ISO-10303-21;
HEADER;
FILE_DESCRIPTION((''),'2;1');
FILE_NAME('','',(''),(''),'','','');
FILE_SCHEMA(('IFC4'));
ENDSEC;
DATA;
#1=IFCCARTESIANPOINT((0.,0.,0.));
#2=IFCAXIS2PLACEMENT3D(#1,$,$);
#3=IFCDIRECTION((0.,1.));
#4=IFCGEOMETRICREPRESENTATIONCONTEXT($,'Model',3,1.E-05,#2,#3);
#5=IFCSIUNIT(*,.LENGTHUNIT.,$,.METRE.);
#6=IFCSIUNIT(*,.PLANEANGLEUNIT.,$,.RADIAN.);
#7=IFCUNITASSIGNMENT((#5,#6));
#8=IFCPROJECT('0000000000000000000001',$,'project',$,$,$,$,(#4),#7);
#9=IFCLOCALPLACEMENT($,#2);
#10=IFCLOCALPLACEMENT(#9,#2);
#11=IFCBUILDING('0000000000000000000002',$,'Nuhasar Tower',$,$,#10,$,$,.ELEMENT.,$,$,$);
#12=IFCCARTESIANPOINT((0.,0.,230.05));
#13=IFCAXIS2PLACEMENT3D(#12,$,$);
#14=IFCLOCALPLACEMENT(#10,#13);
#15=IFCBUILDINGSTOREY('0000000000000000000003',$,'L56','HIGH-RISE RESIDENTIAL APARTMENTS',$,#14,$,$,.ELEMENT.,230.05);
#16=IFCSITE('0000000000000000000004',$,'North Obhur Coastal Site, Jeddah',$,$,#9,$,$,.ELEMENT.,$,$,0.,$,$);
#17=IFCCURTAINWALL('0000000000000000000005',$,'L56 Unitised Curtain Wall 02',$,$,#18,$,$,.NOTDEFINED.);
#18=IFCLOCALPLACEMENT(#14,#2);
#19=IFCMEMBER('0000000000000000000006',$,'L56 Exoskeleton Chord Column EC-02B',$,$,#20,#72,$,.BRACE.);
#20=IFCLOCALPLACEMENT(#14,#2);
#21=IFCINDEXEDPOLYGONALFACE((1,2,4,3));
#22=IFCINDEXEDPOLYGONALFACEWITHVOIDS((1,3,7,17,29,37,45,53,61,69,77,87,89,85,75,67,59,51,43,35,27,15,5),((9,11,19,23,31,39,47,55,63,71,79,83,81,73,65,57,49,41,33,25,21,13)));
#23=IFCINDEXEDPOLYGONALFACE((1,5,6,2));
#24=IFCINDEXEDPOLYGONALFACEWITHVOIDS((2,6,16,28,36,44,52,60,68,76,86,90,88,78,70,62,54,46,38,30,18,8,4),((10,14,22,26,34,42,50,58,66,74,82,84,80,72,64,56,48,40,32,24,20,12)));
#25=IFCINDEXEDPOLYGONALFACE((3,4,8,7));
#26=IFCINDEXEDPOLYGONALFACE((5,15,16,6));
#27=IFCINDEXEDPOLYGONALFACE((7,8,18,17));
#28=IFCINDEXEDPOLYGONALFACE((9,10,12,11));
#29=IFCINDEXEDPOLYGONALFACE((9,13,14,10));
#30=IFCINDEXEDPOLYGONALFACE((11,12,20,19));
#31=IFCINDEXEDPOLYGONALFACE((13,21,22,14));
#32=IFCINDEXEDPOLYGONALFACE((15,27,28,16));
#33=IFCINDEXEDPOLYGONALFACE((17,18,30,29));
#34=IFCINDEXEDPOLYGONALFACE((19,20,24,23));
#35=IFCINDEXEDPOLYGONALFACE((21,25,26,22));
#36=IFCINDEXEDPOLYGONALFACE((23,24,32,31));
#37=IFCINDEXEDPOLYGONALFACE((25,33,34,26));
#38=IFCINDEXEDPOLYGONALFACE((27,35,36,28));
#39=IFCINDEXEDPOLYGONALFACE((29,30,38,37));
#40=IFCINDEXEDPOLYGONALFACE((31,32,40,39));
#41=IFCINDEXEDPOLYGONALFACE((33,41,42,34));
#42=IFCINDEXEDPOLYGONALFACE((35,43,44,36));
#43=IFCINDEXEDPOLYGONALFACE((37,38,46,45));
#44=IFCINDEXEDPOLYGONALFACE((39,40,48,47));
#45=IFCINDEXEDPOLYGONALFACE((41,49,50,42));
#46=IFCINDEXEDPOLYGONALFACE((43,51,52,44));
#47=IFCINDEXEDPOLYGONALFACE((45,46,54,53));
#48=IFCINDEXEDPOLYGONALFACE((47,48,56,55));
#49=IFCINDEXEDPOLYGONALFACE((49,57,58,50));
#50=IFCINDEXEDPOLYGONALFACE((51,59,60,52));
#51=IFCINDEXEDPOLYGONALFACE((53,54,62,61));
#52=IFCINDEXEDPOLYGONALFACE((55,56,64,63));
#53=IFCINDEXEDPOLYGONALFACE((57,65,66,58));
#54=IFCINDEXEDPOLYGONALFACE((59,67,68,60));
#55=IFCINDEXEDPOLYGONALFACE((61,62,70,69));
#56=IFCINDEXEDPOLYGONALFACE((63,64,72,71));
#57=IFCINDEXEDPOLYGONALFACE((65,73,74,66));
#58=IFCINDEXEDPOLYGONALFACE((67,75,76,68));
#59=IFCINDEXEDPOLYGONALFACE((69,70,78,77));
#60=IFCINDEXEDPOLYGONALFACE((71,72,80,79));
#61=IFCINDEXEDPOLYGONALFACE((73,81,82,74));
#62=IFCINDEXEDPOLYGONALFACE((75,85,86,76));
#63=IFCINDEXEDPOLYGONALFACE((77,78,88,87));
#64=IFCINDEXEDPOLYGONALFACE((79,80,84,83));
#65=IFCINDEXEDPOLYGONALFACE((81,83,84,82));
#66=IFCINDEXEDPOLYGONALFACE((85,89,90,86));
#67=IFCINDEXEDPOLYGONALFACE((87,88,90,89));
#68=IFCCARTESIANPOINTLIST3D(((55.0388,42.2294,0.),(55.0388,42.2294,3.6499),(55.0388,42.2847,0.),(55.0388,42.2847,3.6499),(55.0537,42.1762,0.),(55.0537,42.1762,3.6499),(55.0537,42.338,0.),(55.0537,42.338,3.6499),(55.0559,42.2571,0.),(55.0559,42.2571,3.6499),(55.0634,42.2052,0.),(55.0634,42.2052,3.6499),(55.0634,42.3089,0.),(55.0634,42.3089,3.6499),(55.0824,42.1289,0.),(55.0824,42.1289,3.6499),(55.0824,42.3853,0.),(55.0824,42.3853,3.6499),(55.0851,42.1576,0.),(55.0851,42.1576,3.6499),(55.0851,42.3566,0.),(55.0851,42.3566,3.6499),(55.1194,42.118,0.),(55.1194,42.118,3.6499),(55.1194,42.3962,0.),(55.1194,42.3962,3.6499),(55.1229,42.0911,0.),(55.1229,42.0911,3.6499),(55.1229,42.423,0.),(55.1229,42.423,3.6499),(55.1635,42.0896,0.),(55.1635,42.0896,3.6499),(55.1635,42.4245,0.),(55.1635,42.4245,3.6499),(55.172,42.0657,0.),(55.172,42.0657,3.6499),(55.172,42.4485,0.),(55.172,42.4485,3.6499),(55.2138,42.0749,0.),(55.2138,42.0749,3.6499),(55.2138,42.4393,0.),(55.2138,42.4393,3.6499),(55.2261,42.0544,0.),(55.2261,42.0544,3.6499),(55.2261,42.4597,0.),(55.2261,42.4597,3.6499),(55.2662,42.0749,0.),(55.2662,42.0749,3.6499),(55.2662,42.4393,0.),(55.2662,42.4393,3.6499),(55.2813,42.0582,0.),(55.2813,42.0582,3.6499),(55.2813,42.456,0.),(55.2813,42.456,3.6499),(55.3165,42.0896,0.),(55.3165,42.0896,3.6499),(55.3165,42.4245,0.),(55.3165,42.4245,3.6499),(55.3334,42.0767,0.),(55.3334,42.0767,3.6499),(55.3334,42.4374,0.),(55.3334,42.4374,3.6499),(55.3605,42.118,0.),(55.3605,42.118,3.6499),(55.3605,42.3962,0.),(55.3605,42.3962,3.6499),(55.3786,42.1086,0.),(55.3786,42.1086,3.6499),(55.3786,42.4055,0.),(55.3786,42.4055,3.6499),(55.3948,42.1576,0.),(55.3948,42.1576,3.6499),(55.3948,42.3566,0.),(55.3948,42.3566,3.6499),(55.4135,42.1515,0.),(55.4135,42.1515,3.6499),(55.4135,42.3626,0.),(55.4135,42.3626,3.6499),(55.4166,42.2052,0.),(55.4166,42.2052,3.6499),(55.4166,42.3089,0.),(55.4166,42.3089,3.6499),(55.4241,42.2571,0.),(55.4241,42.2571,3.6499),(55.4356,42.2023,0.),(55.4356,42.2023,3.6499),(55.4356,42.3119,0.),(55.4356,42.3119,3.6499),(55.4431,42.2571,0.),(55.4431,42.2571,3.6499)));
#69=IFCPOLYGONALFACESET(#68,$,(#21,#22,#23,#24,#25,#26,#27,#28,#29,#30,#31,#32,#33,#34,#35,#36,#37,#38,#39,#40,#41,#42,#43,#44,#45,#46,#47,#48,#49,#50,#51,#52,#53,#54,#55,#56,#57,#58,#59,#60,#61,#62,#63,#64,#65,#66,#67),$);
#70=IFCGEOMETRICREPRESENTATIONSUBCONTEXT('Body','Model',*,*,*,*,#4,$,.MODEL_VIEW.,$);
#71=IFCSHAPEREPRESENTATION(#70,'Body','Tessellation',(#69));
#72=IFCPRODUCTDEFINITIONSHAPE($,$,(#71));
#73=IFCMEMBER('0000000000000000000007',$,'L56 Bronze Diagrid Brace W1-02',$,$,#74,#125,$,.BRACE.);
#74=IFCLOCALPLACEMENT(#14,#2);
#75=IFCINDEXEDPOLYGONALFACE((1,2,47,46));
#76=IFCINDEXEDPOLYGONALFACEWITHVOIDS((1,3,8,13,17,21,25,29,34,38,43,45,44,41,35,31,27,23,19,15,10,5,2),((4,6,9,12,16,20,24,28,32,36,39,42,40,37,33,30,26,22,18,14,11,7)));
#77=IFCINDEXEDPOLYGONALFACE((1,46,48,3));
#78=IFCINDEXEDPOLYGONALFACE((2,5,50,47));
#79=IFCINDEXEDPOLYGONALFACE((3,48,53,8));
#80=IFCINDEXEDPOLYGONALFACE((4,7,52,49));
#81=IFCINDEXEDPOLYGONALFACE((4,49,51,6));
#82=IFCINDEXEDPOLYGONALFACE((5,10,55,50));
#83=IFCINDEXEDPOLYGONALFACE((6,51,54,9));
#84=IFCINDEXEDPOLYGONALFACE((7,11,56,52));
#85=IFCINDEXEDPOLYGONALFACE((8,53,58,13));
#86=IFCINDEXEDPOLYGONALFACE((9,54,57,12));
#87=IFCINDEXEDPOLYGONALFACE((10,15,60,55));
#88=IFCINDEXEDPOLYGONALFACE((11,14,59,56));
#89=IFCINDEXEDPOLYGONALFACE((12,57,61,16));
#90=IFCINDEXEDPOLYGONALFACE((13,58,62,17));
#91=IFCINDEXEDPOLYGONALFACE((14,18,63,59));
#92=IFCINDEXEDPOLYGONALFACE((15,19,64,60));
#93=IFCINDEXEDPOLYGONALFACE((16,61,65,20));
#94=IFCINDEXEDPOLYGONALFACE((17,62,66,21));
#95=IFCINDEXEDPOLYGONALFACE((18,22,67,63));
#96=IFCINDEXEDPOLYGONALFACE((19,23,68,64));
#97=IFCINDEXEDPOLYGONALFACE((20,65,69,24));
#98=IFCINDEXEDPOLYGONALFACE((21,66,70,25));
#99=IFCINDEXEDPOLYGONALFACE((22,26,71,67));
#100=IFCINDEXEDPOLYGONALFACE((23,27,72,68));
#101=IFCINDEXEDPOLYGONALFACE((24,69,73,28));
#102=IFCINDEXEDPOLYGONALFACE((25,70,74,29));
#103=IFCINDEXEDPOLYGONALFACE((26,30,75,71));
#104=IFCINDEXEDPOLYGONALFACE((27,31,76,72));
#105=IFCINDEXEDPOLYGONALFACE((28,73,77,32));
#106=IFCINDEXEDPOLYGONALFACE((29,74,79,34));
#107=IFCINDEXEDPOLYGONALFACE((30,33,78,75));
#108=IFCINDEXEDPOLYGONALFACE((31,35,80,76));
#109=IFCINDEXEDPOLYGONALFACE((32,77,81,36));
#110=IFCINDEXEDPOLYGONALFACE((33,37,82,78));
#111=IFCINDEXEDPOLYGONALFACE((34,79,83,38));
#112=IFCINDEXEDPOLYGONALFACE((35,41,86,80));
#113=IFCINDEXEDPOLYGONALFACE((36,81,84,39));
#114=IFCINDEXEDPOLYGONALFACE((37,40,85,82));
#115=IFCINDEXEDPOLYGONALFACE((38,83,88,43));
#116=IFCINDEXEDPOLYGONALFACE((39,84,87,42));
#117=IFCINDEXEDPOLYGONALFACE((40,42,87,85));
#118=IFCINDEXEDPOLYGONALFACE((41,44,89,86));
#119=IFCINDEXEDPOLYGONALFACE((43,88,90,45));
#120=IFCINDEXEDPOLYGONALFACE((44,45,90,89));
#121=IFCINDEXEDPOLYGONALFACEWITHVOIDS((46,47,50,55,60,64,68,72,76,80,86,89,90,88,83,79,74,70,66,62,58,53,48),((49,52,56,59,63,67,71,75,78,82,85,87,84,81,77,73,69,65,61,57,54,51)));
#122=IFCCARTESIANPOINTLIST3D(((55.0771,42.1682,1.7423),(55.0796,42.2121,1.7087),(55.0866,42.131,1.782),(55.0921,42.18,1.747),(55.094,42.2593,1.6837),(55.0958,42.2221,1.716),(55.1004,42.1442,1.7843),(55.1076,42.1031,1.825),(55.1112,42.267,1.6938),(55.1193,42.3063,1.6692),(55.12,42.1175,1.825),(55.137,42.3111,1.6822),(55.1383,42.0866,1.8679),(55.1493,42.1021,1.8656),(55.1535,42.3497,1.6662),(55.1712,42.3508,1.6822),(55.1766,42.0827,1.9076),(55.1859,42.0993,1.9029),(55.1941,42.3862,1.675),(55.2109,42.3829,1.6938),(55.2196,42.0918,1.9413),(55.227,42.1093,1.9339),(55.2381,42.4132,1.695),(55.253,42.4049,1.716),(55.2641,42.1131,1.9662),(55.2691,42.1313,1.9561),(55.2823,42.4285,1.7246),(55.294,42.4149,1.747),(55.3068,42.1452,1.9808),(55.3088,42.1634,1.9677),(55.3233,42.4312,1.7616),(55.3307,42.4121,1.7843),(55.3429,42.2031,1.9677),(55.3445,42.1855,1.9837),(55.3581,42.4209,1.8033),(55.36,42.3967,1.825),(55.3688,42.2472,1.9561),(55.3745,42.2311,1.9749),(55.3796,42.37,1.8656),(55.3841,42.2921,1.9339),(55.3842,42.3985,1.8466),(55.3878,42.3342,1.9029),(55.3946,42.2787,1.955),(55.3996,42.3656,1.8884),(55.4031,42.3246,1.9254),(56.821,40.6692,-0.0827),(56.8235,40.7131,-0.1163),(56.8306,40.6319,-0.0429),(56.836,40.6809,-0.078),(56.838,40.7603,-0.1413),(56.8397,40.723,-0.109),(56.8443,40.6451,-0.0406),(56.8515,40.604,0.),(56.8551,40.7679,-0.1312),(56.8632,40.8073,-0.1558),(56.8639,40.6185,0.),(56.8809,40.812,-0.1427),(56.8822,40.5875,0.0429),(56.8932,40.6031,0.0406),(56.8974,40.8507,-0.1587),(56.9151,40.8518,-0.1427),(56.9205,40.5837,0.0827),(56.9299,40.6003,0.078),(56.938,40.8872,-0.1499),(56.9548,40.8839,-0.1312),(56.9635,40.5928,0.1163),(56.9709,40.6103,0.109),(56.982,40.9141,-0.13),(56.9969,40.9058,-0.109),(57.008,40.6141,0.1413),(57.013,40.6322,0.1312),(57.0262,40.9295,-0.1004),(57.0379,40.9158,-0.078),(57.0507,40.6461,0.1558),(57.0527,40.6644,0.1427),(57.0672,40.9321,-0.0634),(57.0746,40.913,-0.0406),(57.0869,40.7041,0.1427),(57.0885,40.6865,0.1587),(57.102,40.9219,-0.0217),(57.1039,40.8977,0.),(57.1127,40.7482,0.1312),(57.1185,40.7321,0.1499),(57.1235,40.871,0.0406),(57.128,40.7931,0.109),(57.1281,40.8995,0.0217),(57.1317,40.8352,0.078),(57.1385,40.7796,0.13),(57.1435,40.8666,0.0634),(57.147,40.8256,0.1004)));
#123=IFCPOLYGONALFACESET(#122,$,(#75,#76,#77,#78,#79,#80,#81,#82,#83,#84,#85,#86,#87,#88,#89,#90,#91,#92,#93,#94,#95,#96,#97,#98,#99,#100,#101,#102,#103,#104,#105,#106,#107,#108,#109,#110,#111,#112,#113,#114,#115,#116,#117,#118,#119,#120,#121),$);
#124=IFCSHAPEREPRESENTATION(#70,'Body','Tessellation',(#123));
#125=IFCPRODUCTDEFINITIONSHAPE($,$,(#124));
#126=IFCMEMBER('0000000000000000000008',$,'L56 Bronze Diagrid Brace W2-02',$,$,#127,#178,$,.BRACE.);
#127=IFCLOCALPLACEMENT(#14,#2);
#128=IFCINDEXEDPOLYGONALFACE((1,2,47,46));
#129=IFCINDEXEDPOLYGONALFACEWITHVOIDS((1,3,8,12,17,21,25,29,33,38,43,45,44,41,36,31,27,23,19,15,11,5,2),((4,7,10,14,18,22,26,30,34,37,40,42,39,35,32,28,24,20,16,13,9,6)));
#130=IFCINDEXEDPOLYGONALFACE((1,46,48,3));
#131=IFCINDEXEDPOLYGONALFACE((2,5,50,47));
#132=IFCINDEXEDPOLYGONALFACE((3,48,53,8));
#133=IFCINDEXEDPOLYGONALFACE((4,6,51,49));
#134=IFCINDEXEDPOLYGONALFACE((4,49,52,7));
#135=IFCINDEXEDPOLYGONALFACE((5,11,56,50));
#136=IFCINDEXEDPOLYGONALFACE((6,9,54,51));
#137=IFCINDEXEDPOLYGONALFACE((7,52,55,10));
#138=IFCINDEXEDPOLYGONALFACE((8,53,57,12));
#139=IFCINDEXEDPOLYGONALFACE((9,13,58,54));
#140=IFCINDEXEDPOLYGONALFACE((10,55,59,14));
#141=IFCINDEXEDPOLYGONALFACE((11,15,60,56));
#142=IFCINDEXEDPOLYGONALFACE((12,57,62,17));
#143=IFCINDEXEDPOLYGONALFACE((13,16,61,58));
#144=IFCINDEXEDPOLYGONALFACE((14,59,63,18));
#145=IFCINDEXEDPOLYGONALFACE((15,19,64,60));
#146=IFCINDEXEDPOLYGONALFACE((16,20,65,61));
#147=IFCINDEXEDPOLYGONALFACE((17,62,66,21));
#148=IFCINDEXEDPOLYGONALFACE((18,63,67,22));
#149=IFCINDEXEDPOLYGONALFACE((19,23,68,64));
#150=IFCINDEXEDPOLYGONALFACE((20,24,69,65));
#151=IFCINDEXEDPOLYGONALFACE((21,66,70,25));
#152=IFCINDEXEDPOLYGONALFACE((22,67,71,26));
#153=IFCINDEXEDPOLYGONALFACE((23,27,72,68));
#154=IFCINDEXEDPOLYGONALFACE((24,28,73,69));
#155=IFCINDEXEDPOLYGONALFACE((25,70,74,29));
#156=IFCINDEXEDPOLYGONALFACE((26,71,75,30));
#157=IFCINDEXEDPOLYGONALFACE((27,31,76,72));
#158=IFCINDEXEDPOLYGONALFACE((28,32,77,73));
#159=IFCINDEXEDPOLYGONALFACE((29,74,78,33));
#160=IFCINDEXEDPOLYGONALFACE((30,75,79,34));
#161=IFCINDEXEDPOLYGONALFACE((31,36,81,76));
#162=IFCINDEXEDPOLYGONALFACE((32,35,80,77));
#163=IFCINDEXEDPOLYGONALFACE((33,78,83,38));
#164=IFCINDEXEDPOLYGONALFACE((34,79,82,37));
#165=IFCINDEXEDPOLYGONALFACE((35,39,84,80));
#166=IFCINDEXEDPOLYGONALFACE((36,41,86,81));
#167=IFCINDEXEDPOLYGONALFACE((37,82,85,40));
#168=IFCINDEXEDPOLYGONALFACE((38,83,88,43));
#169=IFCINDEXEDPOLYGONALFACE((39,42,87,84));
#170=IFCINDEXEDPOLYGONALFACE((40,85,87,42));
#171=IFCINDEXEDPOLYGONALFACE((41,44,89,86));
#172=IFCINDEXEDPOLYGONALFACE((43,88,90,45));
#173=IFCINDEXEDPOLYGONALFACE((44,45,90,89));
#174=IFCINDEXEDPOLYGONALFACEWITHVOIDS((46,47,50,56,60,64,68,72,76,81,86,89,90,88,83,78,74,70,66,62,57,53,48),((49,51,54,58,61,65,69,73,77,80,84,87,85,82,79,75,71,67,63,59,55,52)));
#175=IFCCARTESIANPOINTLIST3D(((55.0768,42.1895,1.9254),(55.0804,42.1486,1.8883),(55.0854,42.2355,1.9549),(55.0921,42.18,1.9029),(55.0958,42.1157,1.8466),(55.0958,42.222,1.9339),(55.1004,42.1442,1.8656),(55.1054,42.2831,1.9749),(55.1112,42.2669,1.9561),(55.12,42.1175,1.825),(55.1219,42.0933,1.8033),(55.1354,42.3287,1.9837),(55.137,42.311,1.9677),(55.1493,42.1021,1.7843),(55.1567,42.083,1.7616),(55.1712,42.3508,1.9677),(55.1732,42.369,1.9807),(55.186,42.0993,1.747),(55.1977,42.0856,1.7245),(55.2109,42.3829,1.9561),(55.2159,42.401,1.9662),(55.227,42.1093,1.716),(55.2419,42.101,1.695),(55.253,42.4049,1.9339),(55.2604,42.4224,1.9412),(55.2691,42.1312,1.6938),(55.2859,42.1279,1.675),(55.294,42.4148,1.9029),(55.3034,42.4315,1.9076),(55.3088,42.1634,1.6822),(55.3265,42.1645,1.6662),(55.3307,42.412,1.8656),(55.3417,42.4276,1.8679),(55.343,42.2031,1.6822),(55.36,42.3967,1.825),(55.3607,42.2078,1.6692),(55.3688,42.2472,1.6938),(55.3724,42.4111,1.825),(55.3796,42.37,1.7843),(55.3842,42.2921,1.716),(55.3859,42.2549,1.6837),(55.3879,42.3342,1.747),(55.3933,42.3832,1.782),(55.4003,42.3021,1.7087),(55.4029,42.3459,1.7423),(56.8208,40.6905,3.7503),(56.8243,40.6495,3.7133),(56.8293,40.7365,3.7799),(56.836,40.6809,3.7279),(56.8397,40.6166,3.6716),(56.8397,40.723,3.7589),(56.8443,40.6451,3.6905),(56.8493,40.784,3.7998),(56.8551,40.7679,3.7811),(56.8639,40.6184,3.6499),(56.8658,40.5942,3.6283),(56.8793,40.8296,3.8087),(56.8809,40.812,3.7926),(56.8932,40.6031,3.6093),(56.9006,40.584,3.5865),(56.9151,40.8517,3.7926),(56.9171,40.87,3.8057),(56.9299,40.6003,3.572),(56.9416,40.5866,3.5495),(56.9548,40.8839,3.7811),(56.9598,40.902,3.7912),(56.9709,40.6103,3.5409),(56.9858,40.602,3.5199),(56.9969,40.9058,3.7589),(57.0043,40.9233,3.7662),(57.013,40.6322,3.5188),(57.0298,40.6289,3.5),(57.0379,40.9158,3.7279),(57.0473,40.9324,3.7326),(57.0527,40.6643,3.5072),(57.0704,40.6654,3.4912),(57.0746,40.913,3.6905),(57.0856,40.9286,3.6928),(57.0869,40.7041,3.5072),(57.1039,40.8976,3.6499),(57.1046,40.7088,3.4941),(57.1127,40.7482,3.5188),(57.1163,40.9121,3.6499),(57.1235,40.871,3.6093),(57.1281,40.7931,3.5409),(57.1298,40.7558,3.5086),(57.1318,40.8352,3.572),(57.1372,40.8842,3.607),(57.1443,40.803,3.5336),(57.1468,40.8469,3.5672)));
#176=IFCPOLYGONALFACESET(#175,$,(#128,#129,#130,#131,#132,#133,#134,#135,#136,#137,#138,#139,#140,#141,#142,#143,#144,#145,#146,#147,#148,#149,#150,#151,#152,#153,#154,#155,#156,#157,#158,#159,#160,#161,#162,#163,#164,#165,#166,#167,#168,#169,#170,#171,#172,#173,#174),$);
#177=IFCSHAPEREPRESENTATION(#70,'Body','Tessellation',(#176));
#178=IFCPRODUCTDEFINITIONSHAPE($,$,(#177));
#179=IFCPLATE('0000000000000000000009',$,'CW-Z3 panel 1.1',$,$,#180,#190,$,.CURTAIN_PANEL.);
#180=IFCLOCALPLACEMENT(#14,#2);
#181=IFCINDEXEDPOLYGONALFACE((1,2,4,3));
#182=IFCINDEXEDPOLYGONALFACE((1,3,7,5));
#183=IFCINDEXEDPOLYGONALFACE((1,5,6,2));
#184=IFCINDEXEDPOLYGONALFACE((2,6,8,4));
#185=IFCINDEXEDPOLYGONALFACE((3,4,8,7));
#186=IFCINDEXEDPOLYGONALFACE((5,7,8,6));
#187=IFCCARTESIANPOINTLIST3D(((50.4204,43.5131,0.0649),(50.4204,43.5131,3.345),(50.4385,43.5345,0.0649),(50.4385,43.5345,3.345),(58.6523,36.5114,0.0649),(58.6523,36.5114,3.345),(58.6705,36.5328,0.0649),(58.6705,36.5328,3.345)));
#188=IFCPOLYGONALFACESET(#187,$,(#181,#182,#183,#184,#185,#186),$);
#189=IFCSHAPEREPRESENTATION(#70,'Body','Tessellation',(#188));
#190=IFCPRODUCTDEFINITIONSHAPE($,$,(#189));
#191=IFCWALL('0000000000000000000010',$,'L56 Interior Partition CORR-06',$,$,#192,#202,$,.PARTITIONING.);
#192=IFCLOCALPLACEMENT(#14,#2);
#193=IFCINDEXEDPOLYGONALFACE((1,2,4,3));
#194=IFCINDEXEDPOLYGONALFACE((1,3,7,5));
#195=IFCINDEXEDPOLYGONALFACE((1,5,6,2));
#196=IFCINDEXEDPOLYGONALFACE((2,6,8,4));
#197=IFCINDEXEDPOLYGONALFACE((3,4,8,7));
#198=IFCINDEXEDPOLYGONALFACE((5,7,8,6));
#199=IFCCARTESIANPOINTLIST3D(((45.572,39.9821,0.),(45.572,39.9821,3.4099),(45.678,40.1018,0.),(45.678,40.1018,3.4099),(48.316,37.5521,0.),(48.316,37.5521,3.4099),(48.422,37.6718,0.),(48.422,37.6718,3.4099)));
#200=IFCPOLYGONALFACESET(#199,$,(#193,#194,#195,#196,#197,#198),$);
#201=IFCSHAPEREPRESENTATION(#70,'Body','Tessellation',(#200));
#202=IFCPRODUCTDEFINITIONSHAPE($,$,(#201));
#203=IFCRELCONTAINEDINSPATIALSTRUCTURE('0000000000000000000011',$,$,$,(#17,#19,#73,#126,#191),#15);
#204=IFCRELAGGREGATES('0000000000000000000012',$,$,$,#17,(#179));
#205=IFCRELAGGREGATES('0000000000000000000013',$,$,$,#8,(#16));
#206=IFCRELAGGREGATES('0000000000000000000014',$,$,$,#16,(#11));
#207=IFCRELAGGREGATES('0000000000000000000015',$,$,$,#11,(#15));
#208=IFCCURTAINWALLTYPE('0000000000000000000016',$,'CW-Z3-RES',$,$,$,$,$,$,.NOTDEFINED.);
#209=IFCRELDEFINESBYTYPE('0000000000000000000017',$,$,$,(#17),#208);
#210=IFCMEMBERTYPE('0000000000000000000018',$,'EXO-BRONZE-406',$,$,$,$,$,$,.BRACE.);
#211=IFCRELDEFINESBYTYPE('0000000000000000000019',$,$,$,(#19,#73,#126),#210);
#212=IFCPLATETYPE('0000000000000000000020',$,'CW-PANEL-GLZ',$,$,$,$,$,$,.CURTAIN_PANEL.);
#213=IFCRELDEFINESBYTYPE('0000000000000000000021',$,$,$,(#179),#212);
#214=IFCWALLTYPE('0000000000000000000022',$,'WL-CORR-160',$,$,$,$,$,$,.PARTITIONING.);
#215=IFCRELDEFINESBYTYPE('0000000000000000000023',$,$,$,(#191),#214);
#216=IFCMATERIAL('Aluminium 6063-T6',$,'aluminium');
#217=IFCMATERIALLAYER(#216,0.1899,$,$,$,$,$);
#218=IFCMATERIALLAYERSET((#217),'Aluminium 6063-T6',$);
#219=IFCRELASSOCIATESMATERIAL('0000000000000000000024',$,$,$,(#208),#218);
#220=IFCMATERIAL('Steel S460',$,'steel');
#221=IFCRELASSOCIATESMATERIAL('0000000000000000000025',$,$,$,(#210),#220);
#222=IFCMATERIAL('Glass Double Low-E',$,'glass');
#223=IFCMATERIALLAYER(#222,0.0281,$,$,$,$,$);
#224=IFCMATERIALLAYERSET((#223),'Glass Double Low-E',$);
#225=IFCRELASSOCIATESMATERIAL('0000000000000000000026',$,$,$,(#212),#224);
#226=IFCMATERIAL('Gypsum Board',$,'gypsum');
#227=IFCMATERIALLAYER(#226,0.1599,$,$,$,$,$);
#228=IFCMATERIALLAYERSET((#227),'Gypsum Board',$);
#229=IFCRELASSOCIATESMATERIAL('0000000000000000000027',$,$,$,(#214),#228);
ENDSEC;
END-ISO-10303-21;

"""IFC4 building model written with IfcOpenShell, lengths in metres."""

from ifc_helpers import new_model, si_unit, direction, frame, frame_2d, origin, origin_2d, place, context, subcontext, project, spatial, rectangle, hollow_circle, extrude, material, layer, layer_set, material_profile, profile_set, type_object, element, aggregate, save


model = new_model("IFC4")

# Units and contexts
model_context = context("Model", 3, precision=1e-05, world=origin(), true_north=direction((0.0, 1.0)))
body_context = subcontext(model_context, "Body", "Model", "MODEL_VIEW")
ifc_project = project(units=[si_unit("LENGTHUNIT", "METRE"), si_unit("PLANEANGLEUNIT", "RADIAN")], contexts=[model_context])

# Site, building, storey
site_placement = place(None, origin())
site = spatial("IfcSite", under=ifc_project, at=site_placement, Name="North Obhur Coastal Site, Jeddah", CompositionType="ELEMENT", RefElevation=0.0)
building_placement = place(site_placement, origin())
building = spatial("IfcBuilding", under=site, at=building_placement, Name="Nuhasar Tower", CompositionType="ELEMENT")
storey_placement = place(building_placement, frame((0.0, 0.0, 230.05)))
storey = spatial("IfcBuildingStorey", under=building, at=storey_placement, Name="L56", Description="HIGH-RISE RESIDENTIAL APARTMENTS", CompositionType="ELEMENT", Elevation=230.05)

# Curtain wall
ifc_material_1 = material(Name="Aluminium 6063-T6", Category="aluminium")
ifc_layer_1 = layer(ifc_material_1, 0.1899)
ifc_layer_set_1 = layer_set([ifc_layer_1], Name="Aluminium 6063-T6")
curtain_wall_type = type_object("IfcCurtainWallType", Name="CW-Z3-RES", PredefinedType="NOTDEFINED", material=ifc_layer_set_1)
curtain_wall_1_placement = place(storey_placement, origin())
curtain_wall_1 = element("IfcCurtainWall", 1, at=curtain_wall_1_placement, inside=storey, type_object=curtain_wall_type, Name="L56 Unitised Curtain Wall 02", PredefinedType="NOTDEFINED")

# Members
ifc_material_2 = material(Name="Steel S460", Category="steel")
ifc_material_profile_1 = material_profile(ifc_material_2, hollow_circle(Radius=0.2031, WallThickness=0.019, at=origin_2d()), Name="HSS406.4X19.1")
ifc_profile_set_1 = profile_set([ifc_material_profile_1], Name="Steel S460")
member_type_1 = type_object("IfcMemberType", Name="EXO-BRONZE-406", PredefinedType="BRACE", material=ifc_profile_set_1)
for number, where, z_axis, x_axis, name in (
    (2, (55.24, 42.2571, 0.0), (0.0, 0.0, 1.0), (1.0, 0.0, 0.0), "L56 Exoskeleton Chord Column EC-02B"),
):
    element("IfcMember", number, at=place(storey_placement, frame(where, z_axis=z_axis, x_axis=x_axis)), inside=storey, type_object=member_type_1, Name=name, PredefinedType="BRACE", context=body_context, shape_type="SweptSolid", body=[
        extrude(hollow_circle(Radius=0.2031, WallThickness=0.019, at=origin_2d()), origin(), (0.0, 0.0, 1.0), 3.6499),
    ])
for number, where, z_axis, x_axis, name in (
    (3, (56.9839, 40.7581, 0.0), (-0.594019, 0.510608, 0.621628), (-0.651857, -0.758342, 0.0), "L56 Bronze Diagrid Brace W1-02"),
    (4, (55.24, 42.2571, 1.825), (0.594019, -0.510608, 0.621628), (0.651857, 0.758342, 0.0), "L56 Bronze Diagrid Brace W2-02"),
):
    element("IfcMember", number, at=place(storey_placement, frame(where, z_axis=z_axis, x_axis=x_axis)), inside=storey, type_object=member_type_1, Name=name, PredefinedType="BRACE", context=body_context, shape_type="SweptSolid", body=[
        extrude(hollow_circle(Radius=0.2031, WallThickness=0.019, at=origin_2d()), origin(), (0.0, 0.0, 1.0), 2.9358),
    ])

# Plate
ifc_material_3 = material(Name="Glass Double Low-E", Category="glass")
ifc_layer_2 = layer(ifc_material_3, 0.0281)
ifc_layer_set_2 = layer_set([ifc_layer_2], Name="Glass Double Low-E")
plate_type = type_object("IfcPlateType", Name="CW-PANEL-GLZ", PredefinedType="CURTAIN_PANEL", material=ifc_layer_set_2)
plate_placement = place(storey_placement, frame((54.5454, 40.0229, 0.0649), z_axis=(0.0, 0.0, 1.0), x_axis=(-0.761729, 0.647895, 0.0)))
plate = element("IfcPlate", 5, at=plate_placement, type_object=plate_type, Name="CW-Z3 panel 1.1", PredefinedType="CURTAIN_PANEL", context=body_context, shape_type="SweptSolid", body=[
    extrude(rectangle(XDim=10.8069, YDim=0.0281, at=origin_2d()), origin(), (0.0, 0.0, 1.0), 3.28),
])
aggregate(curtain_wall_1, [plate])

# Shared definitions
ifc_material_4 = material(Name="Gypsum Board", Category="gypsum")
ifc_layer_3 = layer(ifc_material_4, 0.1599)
ifc_layer_set_3 = layer_set([ifc_layer_3], Name="Gypsum Board")
wall_type_1 = type_object("IfcWallType", Name="WL-CORR-160", PredefinedType="PARTITIONING", material=ifc_layer_set_3)

# Wall
wall_1_placement = place(storey_placement, frame((48.3689, 37.6121, 0.0), z_axis=(0.0, 0.0, 1.0), x_axis=(-0.748639, 0.662978, 0.0)))
element("IfcWall", 6, at=wall_1_placement, inside=storey, type_object=wall_type_1, Name="L56 Interior Partition CORR-06", PredefinedType="PARTITIONING", context=body_context, shape_type="SweptSolid", body=[
    extrude(rectangle(XDim=3.6653, YDim=0.1599, at=frame_2d((1.8325, 0.0))), origin(), (0.0, 0.0, 1.0), 3.4099),
])

save(model, "model.ifc")
